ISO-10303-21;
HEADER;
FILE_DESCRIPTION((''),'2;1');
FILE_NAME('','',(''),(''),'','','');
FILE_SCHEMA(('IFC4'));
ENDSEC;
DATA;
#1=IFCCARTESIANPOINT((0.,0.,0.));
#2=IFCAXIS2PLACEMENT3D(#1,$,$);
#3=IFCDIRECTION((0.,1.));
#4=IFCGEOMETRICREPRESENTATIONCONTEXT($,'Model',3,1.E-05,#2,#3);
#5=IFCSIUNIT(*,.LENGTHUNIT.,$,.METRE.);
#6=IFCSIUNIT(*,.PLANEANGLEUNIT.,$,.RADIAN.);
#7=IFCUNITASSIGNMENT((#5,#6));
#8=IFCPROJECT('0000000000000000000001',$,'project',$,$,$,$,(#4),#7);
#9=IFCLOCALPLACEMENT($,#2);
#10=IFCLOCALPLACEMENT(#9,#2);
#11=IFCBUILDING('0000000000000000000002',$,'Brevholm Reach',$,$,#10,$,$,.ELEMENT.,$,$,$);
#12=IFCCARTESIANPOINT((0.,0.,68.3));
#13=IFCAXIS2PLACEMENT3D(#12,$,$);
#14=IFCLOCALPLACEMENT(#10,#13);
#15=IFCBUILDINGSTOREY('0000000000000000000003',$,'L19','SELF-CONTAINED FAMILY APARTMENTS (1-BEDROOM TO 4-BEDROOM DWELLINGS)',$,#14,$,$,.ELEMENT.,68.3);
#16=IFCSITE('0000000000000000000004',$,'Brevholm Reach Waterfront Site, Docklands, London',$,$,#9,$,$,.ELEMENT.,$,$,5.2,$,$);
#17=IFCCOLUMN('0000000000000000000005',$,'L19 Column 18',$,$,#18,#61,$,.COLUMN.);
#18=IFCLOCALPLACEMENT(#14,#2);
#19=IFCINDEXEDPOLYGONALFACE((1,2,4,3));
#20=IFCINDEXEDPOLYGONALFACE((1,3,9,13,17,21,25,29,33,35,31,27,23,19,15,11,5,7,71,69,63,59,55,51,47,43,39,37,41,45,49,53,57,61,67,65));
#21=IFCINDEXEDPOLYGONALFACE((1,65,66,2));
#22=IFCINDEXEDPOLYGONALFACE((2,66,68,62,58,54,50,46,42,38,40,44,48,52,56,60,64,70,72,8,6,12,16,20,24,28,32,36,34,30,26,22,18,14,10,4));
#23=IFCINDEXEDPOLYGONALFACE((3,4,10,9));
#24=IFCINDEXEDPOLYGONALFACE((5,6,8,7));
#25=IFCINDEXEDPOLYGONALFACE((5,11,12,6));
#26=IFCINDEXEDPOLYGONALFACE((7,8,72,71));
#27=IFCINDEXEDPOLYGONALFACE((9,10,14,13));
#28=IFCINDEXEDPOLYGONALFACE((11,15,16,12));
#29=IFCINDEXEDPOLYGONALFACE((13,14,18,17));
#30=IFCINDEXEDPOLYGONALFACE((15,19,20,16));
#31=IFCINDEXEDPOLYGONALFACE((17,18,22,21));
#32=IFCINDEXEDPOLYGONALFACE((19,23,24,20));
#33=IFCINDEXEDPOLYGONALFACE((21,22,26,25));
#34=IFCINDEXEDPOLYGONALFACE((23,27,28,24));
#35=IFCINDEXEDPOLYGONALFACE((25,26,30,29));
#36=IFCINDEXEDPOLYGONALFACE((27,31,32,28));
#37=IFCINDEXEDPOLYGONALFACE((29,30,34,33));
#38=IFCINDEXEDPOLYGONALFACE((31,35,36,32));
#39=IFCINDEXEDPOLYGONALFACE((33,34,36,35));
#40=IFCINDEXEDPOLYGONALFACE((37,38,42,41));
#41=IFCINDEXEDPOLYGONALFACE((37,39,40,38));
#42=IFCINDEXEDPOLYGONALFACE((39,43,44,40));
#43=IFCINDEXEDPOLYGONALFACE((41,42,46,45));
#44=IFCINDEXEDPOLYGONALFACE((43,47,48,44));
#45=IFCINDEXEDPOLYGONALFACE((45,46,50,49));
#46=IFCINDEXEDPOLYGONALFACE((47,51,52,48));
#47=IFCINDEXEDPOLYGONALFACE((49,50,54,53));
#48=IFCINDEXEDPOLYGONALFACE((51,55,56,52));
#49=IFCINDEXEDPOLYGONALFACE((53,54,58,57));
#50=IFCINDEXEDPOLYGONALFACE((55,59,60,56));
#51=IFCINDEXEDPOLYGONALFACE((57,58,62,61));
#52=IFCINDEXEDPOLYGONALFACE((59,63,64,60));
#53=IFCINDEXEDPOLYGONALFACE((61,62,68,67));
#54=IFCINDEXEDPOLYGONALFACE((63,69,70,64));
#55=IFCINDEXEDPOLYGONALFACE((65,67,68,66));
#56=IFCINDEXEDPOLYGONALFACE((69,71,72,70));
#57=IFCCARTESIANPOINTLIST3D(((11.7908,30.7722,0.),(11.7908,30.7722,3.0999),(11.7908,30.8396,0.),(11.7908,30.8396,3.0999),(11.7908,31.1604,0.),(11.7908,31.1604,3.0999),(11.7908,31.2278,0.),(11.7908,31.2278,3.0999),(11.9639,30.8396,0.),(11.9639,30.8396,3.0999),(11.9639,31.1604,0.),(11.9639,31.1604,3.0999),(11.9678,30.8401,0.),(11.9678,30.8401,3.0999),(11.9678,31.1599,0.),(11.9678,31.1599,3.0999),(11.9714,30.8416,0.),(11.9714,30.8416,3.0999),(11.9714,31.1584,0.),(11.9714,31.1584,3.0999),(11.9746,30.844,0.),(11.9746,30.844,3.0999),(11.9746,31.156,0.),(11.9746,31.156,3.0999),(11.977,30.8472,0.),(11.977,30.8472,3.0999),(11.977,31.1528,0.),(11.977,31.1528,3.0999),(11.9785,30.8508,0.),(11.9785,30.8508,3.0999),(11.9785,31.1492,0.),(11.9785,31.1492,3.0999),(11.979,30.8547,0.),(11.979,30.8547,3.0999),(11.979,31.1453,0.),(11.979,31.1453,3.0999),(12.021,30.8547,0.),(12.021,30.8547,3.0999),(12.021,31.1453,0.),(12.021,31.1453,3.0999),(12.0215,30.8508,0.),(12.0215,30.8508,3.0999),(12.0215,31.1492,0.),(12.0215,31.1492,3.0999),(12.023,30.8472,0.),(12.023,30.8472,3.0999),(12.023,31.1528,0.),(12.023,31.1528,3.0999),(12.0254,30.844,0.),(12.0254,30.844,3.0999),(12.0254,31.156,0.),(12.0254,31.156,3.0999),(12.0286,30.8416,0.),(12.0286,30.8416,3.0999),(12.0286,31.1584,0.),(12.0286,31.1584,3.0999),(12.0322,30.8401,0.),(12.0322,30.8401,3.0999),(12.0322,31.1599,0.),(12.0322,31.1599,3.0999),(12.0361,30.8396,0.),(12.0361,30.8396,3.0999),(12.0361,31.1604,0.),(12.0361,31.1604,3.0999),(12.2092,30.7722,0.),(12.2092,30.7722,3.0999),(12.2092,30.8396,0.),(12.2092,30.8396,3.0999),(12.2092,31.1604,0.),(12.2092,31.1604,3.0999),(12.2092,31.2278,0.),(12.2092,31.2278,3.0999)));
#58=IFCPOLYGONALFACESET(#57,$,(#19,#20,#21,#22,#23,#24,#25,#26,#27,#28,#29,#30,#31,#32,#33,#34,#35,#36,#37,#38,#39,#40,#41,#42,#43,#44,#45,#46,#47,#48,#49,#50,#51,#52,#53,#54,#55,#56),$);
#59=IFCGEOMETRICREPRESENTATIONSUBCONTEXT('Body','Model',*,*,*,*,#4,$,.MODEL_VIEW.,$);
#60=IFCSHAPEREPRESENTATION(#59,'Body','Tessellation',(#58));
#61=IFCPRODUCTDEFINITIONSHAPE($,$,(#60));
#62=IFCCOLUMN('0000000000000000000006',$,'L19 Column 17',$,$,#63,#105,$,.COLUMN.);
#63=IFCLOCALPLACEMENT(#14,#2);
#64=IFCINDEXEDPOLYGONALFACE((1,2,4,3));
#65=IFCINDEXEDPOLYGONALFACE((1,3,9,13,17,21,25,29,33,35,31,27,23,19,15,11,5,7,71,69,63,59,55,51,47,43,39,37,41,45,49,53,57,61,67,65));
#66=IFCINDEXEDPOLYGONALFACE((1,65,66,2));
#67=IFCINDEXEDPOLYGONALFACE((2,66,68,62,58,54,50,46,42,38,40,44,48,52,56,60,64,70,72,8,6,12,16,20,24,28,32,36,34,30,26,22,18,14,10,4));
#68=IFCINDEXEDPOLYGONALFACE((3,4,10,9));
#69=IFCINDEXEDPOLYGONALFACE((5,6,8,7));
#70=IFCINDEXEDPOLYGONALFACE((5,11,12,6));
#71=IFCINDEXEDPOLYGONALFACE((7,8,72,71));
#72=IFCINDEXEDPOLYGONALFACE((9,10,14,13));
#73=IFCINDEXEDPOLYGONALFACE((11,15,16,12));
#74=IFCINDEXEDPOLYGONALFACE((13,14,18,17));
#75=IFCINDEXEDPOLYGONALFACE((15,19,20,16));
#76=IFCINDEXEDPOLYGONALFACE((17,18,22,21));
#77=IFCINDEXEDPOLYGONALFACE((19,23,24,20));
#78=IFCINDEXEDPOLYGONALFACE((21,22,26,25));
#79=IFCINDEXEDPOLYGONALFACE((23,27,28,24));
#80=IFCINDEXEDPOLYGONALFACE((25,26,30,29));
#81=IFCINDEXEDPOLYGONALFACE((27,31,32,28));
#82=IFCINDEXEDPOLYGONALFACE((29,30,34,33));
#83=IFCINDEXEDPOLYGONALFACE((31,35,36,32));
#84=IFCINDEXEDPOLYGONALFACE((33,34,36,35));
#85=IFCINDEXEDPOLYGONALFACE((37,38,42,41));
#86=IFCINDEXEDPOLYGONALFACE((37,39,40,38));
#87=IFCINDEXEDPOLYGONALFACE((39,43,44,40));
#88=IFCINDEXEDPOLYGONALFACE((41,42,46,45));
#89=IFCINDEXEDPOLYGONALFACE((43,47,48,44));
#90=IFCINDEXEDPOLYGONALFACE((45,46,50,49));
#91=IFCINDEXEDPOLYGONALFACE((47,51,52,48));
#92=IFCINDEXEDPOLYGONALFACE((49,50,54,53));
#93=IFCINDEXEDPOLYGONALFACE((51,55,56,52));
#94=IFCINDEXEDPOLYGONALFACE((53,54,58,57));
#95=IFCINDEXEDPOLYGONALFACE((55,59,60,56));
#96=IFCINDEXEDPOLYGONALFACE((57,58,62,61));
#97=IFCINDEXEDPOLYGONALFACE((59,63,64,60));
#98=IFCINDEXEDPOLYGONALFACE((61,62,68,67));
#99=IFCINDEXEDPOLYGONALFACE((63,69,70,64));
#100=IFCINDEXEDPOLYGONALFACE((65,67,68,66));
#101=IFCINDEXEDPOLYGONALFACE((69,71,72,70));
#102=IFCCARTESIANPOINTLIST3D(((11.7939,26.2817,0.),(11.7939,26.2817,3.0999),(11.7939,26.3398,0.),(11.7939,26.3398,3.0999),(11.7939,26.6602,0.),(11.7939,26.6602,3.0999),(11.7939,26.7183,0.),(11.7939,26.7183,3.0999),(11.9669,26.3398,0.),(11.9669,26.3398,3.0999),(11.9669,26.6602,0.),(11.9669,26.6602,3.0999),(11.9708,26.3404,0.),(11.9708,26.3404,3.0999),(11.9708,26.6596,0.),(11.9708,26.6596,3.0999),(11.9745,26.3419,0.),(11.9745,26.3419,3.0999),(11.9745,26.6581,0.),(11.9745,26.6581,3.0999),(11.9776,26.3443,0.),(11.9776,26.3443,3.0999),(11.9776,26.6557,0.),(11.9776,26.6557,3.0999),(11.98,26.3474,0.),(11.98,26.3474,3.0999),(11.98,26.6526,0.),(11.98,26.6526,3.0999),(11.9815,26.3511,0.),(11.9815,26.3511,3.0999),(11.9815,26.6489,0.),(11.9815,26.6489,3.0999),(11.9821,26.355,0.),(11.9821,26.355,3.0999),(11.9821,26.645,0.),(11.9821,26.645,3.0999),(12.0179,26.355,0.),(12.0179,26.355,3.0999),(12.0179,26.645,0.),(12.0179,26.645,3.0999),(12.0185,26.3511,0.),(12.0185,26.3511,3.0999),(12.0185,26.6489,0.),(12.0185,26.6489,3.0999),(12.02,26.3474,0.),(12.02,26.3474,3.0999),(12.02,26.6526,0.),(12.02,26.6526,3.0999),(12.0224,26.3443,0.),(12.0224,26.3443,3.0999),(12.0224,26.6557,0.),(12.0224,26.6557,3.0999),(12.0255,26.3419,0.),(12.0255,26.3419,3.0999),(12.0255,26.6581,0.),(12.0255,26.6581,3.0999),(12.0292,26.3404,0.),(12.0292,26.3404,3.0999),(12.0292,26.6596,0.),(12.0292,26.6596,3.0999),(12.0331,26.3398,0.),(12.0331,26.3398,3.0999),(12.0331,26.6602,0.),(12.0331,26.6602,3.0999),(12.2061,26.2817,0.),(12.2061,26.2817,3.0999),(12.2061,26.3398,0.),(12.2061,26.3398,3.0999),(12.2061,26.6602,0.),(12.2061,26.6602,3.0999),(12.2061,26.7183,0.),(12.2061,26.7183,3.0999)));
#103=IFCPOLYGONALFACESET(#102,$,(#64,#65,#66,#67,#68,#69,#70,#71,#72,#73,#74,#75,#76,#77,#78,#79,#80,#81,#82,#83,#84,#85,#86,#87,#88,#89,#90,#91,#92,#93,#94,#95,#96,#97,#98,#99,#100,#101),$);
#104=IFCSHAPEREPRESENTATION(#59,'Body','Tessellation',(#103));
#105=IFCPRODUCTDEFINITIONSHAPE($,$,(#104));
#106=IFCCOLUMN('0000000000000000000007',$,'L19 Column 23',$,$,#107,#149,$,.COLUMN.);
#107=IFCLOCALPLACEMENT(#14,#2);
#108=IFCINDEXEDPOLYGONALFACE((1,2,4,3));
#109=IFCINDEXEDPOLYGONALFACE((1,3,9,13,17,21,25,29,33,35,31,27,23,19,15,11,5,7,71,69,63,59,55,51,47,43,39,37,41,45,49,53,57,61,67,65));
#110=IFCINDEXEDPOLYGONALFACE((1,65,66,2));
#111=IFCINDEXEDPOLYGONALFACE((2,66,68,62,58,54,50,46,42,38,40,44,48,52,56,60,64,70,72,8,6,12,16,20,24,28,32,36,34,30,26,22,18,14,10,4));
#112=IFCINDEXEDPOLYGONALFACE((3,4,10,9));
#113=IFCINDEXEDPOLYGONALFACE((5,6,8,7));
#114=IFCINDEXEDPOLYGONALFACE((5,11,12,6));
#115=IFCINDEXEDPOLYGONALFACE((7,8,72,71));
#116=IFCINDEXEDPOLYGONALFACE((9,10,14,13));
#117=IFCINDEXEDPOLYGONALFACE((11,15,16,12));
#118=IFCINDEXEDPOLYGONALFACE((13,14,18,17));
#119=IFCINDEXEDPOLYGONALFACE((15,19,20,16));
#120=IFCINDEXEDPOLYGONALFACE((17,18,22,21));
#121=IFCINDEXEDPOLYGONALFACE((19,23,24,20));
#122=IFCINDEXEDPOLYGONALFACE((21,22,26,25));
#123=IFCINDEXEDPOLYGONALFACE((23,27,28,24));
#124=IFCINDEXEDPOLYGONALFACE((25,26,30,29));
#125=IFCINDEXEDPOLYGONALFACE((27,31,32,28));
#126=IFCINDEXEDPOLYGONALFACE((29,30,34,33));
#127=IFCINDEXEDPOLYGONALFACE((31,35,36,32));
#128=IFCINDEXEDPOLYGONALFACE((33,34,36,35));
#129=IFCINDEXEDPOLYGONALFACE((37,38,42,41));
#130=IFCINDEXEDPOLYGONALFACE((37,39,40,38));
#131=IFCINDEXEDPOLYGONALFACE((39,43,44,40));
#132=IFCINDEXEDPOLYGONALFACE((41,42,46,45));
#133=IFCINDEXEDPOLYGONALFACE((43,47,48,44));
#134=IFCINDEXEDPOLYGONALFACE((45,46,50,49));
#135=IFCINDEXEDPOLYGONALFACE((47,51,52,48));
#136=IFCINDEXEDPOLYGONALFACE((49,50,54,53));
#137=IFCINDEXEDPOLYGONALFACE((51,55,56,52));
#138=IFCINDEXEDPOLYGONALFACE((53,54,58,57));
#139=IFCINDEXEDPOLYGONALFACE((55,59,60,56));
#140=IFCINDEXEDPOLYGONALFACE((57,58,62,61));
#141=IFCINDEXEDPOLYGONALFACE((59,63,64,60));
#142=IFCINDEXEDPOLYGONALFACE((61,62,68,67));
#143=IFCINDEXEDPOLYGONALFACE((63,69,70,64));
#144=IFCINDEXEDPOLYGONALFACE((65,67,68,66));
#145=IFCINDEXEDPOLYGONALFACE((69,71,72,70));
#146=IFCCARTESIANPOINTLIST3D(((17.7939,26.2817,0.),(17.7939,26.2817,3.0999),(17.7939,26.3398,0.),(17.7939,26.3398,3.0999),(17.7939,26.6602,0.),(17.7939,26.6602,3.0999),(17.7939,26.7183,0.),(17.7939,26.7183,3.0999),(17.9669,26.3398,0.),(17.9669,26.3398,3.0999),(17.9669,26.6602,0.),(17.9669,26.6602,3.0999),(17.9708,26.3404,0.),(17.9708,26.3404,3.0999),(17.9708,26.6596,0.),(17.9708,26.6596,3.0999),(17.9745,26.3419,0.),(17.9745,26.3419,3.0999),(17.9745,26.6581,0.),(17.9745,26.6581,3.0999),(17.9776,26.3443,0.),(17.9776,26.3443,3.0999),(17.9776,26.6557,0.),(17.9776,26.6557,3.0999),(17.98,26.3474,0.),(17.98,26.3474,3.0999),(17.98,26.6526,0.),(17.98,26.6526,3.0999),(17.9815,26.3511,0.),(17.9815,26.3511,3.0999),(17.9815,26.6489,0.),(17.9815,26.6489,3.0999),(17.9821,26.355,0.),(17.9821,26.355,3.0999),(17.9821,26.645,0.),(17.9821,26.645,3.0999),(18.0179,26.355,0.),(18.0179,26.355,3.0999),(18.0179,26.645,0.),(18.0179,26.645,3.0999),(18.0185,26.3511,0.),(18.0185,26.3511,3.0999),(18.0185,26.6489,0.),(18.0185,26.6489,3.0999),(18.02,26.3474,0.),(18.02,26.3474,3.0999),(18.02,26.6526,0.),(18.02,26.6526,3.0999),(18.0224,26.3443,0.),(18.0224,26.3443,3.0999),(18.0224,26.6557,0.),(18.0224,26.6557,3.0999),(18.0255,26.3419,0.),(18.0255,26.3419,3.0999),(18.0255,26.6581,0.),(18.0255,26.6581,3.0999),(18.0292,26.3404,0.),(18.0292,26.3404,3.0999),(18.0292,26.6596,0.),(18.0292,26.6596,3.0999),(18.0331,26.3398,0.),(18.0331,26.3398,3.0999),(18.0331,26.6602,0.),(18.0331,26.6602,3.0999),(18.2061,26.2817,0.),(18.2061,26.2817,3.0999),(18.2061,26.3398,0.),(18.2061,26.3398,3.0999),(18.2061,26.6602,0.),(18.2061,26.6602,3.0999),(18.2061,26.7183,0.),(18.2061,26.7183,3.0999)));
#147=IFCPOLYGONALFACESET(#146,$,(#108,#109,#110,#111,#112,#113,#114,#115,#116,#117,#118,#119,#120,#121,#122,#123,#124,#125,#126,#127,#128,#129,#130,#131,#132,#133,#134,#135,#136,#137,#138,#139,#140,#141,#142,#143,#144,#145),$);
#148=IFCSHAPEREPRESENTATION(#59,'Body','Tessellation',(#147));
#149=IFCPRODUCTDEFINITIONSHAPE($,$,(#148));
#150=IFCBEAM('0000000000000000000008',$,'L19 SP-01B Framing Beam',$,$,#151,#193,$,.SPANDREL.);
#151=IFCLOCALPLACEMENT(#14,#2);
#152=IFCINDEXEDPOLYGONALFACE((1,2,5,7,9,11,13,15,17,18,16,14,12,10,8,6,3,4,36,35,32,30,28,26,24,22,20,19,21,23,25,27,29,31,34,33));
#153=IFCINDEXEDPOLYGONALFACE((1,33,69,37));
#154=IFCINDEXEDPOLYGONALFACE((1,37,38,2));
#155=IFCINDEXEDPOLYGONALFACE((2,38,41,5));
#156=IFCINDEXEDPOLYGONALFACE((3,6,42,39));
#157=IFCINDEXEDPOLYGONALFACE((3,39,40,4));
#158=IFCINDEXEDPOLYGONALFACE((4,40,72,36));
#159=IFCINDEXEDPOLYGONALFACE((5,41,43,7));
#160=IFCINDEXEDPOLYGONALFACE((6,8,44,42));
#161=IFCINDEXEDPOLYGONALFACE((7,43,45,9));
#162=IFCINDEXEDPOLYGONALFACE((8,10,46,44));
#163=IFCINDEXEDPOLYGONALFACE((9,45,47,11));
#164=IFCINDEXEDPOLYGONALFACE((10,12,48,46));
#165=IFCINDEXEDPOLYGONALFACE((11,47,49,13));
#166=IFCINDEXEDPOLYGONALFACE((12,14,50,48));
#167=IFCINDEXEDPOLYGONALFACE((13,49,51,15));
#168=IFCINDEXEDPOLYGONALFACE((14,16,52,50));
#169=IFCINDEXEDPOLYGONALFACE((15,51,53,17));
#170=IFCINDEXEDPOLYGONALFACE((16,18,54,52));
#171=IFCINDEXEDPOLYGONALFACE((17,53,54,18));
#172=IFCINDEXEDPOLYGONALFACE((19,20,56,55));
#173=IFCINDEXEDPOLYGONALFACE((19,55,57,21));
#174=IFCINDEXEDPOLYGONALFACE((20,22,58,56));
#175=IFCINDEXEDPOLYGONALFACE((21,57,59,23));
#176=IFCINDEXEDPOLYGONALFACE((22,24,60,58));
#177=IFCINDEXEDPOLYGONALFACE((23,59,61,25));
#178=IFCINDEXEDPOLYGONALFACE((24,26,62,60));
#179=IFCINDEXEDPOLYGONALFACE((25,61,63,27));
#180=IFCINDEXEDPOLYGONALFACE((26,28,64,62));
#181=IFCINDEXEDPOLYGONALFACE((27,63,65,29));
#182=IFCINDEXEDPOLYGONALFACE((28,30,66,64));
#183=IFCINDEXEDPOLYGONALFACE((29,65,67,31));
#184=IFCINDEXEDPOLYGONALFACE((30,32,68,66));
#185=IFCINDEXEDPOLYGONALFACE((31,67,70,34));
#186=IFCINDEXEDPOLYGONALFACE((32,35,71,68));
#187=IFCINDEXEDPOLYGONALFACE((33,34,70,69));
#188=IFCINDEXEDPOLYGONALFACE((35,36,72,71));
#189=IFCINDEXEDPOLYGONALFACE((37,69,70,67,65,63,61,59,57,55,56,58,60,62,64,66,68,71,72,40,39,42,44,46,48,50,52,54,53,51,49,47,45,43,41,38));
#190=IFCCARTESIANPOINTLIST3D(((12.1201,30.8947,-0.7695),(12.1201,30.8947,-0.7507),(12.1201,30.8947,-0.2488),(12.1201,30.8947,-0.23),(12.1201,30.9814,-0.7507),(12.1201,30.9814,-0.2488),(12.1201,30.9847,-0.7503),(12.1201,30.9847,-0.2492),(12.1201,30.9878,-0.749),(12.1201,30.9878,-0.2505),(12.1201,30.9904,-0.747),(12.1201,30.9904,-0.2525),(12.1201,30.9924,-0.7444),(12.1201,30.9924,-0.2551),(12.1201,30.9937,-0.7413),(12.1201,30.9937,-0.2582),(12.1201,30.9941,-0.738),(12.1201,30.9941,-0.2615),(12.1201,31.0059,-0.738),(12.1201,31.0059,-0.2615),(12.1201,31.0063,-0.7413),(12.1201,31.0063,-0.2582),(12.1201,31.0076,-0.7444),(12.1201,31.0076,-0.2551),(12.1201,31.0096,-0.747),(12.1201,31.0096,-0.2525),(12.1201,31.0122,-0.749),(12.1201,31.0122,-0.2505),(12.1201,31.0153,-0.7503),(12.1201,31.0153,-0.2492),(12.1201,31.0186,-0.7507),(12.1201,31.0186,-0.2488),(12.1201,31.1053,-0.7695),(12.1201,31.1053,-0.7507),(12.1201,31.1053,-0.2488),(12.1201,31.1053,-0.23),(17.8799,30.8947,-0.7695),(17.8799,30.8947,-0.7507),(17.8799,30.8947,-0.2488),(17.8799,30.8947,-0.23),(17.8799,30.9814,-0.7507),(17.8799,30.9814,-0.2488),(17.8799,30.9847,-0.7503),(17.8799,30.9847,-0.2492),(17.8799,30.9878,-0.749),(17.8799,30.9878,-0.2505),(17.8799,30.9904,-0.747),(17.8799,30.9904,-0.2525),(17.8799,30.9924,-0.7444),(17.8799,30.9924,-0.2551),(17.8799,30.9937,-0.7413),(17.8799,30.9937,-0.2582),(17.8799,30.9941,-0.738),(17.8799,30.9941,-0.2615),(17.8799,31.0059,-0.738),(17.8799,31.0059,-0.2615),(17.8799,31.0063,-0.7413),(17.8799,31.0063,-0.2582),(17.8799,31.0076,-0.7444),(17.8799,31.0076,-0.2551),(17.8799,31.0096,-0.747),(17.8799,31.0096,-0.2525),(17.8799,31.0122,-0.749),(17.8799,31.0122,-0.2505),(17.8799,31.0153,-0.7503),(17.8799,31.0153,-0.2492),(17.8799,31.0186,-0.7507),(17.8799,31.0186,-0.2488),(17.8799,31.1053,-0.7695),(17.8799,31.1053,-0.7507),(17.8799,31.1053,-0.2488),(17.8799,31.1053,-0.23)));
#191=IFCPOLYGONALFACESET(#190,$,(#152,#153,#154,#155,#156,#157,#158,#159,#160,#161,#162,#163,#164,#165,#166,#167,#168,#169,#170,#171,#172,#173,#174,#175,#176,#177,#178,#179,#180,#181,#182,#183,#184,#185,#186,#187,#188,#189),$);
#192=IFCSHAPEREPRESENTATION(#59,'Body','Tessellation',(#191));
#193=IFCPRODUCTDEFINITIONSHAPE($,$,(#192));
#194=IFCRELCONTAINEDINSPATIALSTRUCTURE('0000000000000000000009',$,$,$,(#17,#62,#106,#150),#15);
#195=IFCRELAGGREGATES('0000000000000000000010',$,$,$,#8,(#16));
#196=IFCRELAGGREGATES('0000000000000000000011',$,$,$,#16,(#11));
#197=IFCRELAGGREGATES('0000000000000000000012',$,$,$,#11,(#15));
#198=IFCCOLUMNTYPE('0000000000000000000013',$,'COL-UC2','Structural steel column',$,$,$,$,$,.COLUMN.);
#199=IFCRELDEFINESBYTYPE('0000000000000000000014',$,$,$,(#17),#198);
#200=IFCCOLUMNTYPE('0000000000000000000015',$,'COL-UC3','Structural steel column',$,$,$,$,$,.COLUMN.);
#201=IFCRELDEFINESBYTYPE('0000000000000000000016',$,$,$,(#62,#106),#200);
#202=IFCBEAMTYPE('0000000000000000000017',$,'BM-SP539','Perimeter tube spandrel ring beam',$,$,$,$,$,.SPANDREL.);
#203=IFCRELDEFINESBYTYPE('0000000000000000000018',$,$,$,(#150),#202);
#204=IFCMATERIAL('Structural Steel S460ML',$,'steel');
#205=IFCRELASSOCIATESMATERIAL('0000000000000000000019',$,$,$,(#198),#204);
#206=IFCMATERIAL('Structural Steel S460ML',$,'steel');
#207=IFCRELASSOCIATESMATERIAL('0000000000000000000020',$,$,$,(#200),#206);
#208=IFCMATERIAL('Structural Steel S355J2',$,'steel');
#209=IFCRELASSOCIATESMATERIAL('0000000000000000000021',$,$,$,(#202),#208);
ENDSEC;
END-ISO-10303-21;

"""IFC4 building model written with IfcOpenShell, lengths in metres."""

from ifc_helpers import new_model, si_unit, direction, frame, origin, origin_2d, place, context, subcontext, project, spatial, i_section, extrude, material, material_profile, profile_set, type_object, element, save


model = new_model("IFC4")

# Units and contexts
model_context = context("Model", 3, precision=1e-05, world=origin(), true_north=direction((0.0, 1.0)))
body_context = subcontext(model_context, "Body", "Model", "MODEL_VIEW")
ifc_project = project(units=[si_unit("LENGTHUNIT", "METRE"), si_unit("PLANEANGLEUNIT", "RADIAN")], contexts=[model_context])

# Site, building, storey
site_placement = place(None, origin())
site = spatial("IfcSite", under=ifc_project, at=site_placement, Name="Brevholm Reach Waterfront Site, Docklands, London", CompositionType="ELEMENT", RefElevation=5.2)
building_placement = place(site_placement, origin())
building = spatial("IfcBuilding", under=site, at=building_placement, Name="Brevholm Reach", CompositionType="ELEMENT")
storey_placement = place(building_placement, frame((0.0, 0.0, 68.3)))
storey = spatial("IfcBuildingStorey", under=building, at=storey_placement, Name="L19", Description="SELF-CONTAINED FAMILY APARTMENTS (1-BEDROOM TO 4-BEDROOM DWELLINGS)", CompositionType="ELEMENT", Elevation=68.3)

# Columns
ifc_material_1 = material(Name="Structural Steel S460ML", Category="steel")
ifc_material_profile_1 = material_profile(ifc_material_1, i_section(OverallWidth=0.4185, OverallDepth=0.4556, WebThickness=0.042, FlangeThickness=0.0674, FilletRadius=0.0151, at=origin_2d()), Name="UKC 356x406x551")
ifc_profile_set_1 = profile_set([ifc_material_profile_1], Name="Structural Steel S460ML")
column_type_1 = type_object("IfcColumnType", Name="COL-UC2", Description="Structural steel column", PredefinedType="COLUMN", material=ifc_profile_set_1)
column_placement = place(storey_placement, frame((12.0, 31.0, 0.0), z_axis=(0.0, 0.0, 1.0), x_axis=(1.0, 0.0, 0.0)))
element("IfcColumn", 1, at=column_placement, inside=storey, type_object=column_type_1, Name="L19 Column 18", PredefinedType="COLUMN", context=body_context, shape_type="SweptSolid", body=[
    extrude(i_section(OverallWidth=0.4185, OverallDepth=0.4556, WebThickness=0.042, FlangeThickness=0.0674, FilletRadius=0.0151, at=origin_2d()), origin(), (0.0, 0.0, 1.0), 3.0999),
])
ifc_material_2 = material(Name="Structural Steel S460ML", Category="steel")
ifc_material_profile_2 = material_profile(ifc_material_2, i_section(OverallWidth=0.4121, OverallDepth=0.4365, WebThickness=0.0359, FlangeThickness=0.0581, FilletRadius=0.0151, at=origin_2d()), Name="UKC 356x406x467")
ifc_profile_set_2 = profile_set([ifc_material_profile_2], Name="Structural Steel S460ML")
column_type_2 = type_object("IfcColumnType", Name="COL-UC3", Description="Structural steel column", PredefinedType="COLUMN", material=ifc_profile_set_2)
for number, where, z_axis, x_axis, name in (
    (2, (12.0, 26.5, 0.0), (0.0, 0.0, 1.0), (1.0, 0.0, 0.0), "L19 Column 17"),
    (3, (18.0, 26.5, 0.0), (0.0, 0.0, 1.0), (1.0, 0.0, 0.0), "L19 Column 23"),
):
    element("IfcColumn", number, at=place(storey_placement, frame(where, z_axis=z_axis, x_axis=x_axis)), inside=storey, type_object=column_type_2, Name=name, PredefinedType="COLUMN", context=body_context, shape_type="SweptSolid", body=[
        extrude(i_section(OverallWidth=0.4121, OverallDepth=0.4365, WebThickness=0.0359, FlangeThickness=0.0581, FilletRadius=0.0151, at=origin_2d()), origin(), (0.0, 0.0, 1.0), 3.0999),
    ])

# Beam
ifc_material_3 = material(Name="Structural Steel S355J2", Category="steel")
ifc_material_profile_3 = material_profile(ifc_material_3, i_section(OverallWidth=0.2107, OverallDepth=0.5396, WebThickness=0.0117, FlangeThickness=0.0188, FilletRadius=0.0127, at=origin_2d()), Name="UKB 533x210x109")
ifc_profile_set_3 = profile_set([ifc_material_profile_3], Name="Structural Steel S355J2")
beam_type_1 = type_object("IfcBeamType", Name="BM-SP539", Description="Perimeter tube spandrel ring beam", PredefinedType="SPANDREL", material=ifc_profile_set_3)
beam_1_placement = place(storey_placement, frame((12.1201, 31.0, -0.4998), z_axis=(1.0, 0.0, 0.0), x_axis=(0.0, 1.0, 0.0)))
element("IfcBeam", 4, at=beam_1_placement, inside=storey, type_object=beam_type_1, Name="L19 SP-01B Framing Beam", PredefinedType="SPANDREL", context=body_context, shape_type="SweptSolid", body=[
    extrude(i_section(OverallWidth=0.2107, OverallDepth=0.5396, WebThickness=0.0117, FlangeThickness=0.0188, FilletRadius=0.0127, at=origin_2d()), origin(), (0.0, 0.0, 1.0), 5.7598),
])

save(model, "model.ifc")
